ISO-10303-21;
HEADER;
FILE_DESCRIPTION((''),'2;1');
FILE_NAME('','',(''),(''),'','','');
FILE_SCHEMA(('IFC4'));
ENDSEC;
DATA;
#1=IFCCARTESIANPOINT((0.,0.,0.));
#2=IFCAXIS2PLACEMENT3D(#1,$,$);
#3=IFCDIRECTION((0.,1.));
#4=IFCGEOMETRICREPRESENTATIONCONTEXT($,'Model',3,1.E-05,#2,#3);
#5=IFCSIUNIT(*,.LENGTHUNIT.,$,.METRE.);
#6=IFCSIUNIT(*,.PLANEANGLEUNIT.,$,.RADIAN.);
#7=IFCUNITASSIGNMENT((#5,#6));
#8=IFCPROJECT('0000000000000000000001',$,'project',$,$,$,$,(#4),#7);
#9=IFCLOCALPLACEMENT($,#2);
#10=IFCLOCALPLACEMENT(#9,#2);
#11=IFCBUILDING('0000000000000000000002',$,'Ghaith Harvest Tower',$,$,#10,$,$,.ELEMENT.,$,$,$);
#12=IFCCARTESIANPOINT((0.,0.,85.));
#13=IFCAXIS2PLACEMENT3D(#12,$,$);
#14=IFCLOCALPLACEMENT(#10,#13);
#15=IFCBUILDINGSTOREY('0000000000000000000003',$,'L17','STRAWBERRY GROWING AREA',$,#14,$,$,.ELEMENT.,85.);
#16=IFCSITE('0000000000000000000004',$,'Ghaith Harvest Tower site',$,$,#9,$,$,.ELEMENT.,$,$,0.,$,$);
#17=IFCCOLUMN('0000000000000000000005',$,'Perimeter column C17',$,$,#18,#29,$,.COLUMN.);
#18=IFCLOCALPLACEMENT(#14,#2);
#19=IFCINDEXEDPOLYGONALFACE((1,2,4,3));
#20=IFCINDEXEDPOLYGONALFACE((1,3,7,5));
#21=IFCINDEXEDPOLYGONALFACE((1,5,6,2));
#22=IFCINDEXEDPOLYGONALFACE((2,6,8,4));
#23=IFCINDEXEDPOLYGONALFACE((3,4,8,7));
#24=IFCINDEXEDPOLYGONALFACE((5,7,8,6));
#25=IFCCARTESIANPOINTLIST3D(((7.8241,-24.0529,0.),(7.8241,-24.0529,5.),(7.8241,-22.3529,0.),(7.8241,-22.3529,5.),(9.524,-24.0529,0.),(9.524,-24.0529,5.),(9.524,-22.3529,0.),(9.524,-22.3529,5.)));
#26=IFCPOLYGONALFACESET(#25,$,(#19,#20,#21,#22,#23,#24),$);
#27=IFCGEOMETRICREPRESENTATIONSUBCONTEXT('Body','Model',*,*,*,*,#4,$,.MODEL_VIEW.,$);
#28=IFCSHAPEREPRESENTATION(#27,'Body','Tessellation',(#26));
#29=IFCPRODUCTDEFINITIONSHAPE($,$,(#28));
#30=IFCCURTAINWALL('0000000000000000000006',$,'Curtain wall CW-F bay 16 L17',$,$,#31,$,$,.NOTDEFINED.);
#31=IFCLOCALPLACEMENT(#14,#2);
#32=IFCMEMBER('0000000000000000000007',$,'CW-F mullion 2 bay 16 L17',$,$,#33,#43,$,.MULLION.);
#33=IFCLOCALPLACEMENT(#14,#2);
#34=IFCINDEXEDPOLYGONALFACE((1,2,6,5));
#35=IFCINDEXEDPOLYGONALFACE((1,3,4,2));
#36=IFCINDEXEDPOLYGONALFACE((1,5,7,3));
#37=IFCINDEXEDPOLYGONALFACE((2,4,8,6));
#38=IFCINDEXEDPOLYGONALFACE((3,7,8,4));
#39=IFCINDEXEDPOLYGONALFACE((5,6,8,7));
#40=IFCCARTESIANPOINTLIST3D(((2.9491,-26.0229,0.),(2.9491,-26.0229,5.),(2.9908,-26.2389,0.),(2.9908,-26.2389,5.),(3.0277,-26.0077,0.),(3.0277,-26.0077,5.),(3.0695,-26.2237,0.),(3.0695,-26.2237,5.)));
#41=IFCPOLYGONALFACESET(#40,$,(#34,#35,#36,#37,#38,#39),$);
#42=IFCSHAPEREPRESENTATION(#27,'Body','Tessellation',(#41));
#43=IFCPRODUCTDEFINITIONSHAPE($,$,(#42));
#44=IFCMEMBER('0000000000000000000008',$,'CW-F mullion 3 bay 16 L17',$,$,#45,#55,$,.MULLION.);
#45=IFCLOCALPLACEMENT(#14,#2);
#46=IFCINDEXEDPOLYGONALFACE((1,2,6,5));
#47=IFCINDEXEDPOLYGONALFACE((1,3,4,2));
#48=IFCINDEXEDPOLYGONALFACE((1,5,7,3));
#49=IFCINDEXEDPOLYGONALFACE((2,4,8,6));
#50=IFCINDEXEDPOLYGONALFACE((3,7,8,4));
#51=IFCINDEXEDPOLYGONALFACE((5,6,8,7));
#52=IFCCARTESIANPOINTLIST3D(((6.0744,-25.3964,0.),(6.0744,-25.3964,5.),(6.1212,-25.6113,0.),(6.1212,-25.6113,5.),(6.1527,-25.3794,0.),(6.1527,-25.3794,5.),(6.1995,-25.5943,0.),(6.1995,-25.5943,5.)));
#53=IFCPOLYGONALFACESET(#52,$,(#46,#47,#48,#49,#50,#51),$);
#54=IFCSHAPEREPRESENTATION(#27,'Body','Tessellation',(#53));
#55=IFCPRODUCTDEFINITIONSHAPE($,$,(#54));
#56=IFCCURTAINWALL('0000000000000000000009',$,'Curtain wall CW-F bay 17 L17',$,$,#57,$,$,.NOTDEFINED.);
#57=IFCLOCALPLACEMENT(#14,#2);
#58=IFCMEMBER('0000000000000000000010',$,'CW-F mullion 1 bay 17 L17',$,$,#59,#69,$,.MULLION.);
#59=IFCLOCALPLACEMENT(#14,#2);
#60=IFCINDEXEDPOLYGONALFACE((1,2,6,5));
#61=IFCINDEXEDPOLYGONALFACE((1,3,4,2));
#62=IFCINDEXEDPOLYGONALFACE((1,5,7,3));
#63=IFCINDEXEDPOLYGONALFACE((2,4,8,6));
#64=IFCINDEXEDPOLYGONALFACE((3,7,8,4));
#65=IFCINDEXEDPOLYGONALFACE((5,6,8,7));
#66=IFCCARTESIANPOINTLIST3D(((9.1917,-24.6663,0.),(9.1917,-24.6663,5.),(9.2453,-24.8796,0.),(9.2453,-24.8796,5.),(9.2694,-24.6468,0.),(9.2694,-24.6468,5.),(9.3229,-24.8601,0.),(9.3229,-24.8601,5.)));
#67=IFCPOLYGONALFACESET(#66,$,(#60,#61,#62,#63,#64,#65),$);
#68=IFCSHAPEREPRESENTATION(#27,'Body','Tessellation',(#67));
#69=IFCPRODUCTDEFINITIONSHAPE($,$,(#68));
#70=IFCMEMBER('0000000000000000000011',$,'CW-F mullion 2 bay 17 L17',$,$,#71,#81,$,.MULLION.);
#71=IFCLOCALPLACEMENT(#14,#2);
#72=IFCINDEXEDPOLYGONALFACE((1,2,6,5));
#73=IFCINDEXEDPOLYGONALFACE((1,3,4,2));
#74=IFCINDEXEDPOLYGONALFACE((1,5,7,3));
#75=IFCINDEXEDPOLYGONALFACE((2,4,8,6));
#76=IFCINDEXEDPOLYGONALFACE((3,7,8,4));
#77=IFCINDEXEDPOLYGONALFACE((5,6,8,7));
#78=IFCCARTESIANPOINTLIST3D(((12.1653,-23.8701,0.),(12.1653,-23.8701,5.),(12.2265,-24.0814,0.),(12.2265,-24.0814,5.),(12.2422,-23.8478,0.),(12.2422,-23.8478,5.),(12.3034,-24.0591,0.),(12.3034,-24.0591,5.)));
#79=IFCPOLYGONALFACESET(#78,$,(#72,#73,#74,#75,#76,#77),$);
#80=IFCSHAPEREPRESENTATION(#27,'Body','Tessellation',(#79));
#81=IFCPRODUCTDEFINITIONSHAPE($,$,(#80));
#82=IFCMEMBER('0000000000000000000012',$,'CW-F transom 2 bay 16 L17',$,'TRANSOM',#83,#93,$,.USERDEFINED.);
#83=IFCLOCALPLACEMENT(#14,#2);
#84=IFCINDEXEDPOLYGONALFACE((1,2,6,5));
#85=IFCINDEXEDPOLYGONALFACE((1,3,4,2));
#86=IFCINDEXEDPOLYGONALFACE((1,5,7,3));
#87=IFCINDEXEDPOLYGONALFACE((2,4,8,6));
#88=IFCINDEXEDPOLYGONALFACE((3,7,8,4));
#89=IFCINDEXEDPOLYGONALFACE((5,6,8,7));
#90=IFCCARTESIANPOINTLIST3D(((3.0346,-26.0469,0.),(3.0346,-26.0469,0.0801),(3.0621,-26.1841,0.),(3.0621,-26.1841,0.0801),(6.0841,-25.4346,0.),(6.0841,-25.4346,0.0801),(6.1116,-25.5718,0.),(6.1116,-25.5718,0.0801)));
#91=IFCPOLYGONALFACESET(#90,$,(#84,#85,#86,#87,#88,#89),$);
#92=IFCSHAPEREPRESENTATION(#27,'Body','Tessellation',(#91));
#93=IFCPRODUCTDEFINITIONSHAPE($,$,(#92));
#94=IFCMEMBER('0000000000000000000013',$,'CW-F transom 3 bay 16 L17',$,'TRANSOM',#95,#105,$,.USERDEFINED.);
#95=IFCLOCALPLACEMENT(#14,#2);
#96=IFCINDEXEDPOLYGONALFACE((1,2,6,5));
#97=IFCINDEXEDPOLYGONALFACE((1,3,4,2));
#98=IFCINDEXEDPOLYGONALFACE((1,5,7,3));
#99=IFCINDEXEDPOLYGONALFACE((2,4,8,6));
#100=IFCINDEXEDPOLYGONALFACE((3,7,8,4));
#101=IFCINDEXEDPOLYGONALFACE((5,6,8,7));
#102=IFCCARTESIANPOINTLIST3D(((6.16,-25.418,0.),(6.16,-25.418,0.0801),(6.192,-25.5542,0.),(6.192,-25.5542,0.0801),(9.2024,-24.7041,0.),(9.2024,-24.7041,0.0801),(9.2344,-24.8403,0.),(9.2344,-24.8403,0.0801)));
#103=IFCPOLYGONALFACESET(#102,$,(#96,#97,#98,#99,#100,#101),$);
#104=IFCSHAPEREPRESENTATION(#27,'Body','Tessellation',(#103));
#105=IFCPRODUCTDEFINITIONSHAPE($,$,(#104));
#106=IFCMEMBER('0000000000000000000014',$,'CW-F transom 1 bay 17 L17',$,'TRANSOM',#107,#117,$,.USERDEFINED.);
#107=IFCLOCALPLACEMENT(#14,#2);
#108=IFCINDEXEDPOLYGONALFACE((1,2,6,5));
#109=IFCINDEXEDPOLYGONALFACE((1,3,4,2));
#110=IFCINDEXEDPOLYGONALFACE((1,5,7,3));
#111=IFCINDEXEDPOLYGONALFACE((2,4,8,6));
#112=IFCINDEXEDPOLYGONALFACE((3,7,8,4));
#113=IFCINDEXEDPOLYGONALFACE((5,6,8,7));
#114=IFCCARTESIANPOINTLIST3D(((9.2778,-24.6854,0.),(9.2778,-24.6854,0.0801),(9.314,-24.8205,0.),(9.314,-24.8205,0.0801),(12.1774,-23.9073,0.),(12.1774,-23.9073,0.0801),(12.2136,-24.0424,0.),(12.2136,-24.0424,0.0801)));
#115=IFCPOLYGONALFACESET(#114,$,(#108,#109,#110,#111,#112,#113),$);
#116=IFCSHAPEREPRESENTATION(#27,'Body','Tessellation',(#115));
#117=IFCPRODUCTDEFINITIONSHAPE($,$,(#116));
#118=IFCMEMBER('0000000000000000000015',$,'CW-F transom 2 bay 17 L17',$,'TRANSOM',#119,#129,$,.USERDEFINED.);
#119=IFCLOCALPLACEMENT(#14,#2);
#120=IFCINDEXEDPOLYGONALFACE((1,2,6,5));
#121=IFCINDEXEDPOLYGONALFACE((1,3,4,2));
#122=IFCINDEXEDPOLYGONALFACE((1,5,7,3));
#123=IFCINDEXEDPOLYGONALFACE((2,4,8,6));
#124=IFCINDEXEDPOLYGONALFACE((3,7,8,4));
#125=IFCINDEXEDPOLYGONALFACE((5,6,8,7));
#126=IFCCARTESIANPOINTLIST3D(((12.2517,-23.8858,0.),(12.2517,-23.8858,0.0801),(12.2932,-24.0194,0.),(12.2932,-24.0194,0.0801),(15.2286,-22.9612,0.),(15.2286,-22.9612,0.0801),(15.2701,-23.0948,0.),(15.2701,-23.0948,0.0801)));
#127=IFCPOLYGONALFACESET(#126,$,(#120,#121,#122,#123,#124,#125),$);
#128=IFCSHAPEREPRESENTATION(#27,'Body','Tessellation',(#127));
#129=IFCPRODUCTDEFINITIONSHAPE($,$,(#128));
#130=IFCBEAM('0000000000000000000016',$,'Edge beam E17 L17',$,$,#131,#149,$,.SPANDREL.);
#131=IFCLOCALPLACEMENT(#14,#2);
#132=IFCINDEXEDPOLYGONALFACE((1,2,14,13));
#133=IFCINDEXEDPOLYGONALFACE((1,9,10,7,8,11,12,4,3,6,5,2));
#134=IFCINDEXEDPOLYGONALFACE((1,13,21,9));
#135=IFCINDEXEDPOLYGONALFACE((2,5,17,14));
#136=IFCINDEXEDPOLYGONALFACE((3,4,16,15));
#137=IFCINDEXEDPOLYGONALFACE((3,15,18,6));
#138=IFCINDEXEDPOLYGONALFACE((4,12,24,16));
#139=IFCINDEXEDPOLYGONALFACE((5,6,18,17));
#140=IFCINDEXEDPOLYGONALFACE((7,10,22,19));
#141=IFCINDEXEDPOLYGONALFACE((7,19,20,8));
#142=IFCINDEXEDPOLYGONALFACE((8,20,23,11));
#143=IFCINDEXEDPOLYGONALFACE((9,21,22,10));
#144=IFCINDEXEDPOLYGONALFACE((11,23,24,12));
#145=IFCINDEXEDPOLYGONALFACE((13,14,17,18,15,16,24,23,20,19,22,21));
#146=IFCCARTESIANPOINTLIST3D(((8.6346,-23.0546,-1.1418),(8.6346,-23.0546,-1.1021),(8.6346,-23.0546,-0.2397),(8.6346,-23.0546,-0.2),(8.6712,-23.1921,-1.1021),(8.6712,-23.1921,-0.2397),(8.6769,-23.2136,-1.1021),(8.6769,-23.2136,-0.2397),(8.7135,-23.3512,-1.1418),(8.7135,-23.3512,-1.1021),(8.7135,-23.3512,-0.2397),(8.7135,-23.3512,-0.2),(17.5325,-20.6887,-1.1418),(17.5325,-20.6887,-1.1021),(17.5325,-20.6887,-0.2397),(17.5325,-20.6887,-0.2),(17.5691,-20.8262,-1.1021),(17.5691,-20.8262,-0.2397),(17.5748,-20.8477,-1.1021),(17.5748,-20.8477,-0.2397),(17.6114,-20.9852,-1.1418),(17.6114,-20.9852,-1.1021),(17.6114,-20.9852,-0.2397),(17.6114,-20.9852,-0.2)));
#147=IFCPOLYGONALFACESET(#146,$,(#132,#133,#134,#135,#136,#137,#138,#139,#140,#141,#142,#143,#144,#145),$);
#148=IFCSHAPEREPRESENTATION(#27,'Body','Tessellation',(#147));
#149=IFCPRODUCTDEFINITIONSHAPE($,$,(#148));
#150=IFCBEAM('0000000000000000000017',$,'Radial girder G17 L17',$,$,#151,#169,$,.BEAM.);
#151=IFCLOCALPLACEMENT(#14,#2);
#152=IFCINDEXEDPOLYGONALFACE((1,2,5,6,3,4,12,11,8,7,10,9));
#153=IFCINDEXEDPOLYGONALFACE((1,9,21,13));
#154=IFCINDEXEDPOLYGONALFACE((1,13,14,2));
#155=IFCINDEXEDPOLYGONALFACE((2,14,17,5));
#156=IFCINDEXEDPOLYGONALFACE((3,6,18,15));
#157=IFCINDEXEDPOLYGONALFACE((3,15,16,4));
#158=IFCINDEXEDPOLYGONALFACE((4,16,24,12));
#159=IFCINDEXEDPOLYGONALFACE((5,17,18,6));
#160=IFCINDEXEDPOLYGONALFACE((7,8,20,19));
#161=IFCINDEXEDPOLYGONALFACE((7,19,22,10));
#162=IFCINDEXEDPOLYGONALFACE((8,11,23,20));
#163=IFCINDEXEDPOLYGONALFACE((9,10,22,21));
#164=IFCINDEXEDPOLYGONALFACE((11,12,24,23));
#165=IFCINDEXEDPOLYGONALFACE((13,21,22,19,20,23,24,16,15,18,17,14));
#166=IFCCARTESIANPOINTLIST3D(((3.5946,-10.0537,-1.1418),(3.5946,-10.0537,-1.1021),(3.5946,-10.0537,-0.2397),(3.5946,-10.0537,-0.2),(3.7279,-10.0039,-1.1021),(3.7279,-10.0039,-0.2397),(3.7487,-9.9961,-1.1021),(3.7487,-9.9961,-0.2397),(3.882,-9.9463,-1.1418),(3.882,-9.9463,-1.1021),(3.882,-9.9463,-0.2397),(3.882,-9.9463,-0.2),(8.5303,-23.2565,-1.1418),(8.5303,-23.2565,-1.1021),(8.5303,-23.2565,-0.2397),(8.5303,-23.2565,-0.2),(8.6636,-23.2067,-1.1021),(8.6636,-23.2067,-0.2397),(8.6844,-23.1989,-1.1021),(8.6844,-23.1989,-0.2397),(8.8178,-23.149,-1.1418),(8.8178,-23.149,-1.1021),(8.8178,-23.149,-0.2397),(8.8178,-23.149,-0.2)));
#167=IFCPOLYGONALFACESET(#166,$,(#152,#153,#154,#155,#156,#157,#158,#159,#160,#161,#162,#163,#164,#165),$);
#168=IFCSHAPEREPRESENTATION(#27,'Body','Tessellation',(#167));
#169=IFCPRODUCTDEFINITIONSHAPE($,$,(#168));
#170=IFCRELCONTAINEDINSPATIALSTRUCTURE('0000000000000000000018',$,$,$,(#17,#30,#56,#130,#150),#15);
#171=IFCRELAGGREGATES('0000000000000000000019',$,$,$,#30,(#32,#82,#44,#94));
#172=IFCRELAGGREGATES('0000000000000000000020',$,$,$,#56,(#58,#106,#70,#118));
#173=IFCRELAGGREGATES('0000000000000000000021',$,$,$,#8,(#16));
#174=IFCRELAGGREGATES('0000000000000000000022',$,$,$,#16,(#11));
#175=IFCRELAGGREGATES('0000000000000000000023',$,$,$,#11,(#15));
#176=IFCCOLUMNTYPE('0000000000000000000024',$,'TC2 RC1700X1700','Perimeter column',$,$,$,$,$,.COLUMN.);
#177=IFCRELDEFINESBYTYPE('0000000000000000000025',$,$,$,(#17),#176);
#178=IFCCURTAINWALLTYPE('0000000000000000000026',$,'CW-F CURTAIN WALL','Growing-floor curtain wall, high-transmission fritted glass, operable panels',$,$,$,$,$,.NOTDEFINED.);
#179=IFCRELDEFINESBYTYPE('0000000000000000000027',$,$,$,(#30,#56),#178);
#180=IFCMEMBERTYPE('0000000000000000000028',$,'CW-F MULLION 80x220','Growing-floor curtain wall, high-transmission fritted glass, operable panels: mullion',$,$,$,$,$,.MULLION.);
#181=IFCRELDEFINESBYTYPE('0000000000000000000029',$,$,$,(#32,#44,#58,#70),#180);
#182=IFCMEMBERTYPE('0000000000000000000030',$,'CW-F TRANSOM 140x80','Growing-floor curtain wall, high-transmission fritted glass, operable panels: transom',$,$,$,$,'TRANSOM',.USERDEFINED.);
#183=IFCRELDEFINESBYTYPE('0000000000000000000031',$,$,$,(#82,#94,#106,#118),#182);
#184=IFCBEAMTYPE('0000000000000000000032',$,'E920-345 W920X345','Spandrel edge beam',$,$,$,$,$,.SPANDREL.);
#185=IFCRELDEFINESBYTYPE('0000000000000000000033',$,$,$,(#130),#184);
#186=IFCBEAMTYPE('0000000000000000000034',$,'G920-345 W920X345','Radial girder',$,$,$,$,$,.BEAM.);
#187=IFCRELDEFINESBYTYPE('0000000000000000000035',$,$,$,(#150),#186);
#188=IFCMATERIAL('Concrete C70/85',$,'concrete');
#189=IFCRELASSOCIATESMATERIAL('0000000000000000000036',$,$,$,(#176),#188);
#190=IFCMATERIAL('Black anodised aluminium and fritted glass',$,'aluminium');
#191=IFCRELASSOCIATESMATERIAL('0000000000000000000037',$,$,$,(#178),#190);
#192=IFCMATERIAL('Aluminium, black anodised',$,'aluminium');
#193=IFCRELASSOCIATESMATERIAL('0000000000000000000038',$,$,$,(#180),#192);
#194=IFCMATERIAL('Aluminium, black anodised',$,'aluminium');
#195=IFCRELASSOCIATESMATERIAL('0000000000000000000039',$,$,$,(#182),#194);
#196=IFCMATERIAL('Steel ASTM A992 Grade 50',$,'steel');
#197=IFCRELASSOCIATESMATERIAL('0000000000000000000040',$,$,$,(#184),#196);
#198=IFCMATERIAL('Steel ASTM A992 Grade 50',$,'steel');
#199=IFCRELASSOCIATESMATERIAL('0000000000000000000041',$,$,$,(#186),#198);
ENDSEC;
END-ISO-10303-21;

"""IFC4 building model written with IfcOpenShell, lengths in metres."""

from ifc_helpers import new_model, si_unit, direction, frame, origin, origin_2d, place, context, subcontext, project, spatial, rectangle, i_section, extrude, material, material_profile, profile_set, type_object, element, aggregate, save


model = new_model("IFC4")

# Units and contexts
model_context = context("Model", 3, precision=1e-05, world=origin(), true_north=direction((0.0, 1.0)))
body_context = subcontext(model_context, "Body", "Model", "MODEL_VIEW")
ifc_project = project(units=[si_unit("LENGTHUNIT", "METRE"), si_unit("PLANEANGLEUNIT", "RADIAN")], contexts=[model_context])

# Site, building, storey
site_placement = place(None, origin())
site = spatial("IfcSite", under=ifc_project, at=site_placement, Name="Ghaith Harvest Tower site", CompositionType="ELEMENT", RefElevation=0.0)
building_placement = place(site_placement, origin())
building = spatial("IfcBuilding", under=site, at=building_placement, Name="Ghaith Harvest Tower", CompositionType="ELEMENT")
storey_placement = place(building_placement, frame((0.0, 0.0, 85.0)))
storey = spatial("IfcBuildingStorey", under=building, at=storey_placement, Name="L17", Description="STRAWBERRY GROWING AREA", CompositionType="ELEMENT", Elevation=85.0)

# Column
ifc_material_1 = material(Name="Concrete C70/85", Category="concrete")
ifc_material_profile_1 = material_profile(ifc_material_1, rectangle(XDim=1.7, YDim=1.7, at=origin_2d()), Name="RC1700X1700")
ifc_profile_set_1 = profile_set([ifc_material_profile_1], Name="Concrete C70/85")
column_type = type_object("IfcColumnType", Name="TC2 RC1700X1700", Description="Perimeter column", PredefinedType="COLUMN", material=ifc_profile_set_1)
column_placement = place(storey_placement, frame((8.6741, -23.2029, 0.0), z_axis=(0.0, 0.0, 1.0), x_axis=(1.0, 0.0, 0.0)))
element("IfcColumn", 1, at=column_placement, inside=storey, type_object=column_type, Name="Perimeter column C17", PredefinedType="COLUMN", context=body_context, shape_type="SweptSolid", body=[
    extrude(rectangle(XDim=1.7, YDim=1.7, at=origin_2d()), origin(), (0.0, 0.0, 1.0), 5.0),
])

# Curtain walls, members
ifc_material_2 = material(Name="Black anodised aluminium and fritted glass", Category="aluminium")
curtain_wall_type = type_object("IfcCurtainWallType", Name="CW-F CURTAIN WALL", Description="Growing-floor curtain wall, high-transmission fritted glass, operable panels", PredefinedType="NOTDEFINED", material=ifc_material_2)
curtain_wall_1_placement = place(storey_placement, origin())
curtain_wall_1 = element("IfcCurtainWall", 2, at=curtain_wall_1_placement, inside=storey, type_object=curtain_wall_type, Name="Curtain wall CW-F bay 16 L17", PredefinedType="NOTDEFINED")
ifc_material_3 = material(Name="Aluminium, black anodised", Category="aluminium")
ifc_material_profile_2 = material_profile(ifc_material_3, rectangle(XDim=0.0801, YDim=0.22, at=origin_2d()), Name="CW-F MULLION 80x220")
ifc_profile_set_2 = profile_set([ifc_material_profile_2], Name="Aluminium, black anodised")
member_type_1 = type_object("IfcMemberType", Name="CW-F MULLION 80x220", Description="Growing-floor curtain wall, high-transmission fritted glass, operable panels: mullion", PredefinedType="MULLION", material=ifc_profile_set_2)
member_1_placement = place(storey_placement, frame((3.0093, -26.1233, 0.0), z_axis=(0.0, 0.0, 1.0), x_axis=(0.981818, 0.189822, 0.0)))
member_1 = element("IfcMember", 3, at=member_1_placement, type_object=member_type_1, Name="CW-F mullion 2 bay 16 L17", PredefinedType="MULLION", context=body_context, shape_type="SweptSolid", body=[
    extrude(rectangle(XDim=0.0801, YDim=0.22, at=origin_2d()), origin(), (0.0, 0.0, 1.0), 5.0),
])
member_2_placement = place(storey_placement, frame((6.137, -25.4954, 0.0), z_axis=(0.0, 0.0, 1.0), x_axis=(0.977118, 0.212698, 0.0)))
member_2 = element("IfcMember", 4, at=member_2_placement, type_object=member_type_1, Name="CW-F mullion 3 bay 16 L17", PredefinedType="MULLION", context=body_context, shape_type="SweptSolid", body=[
    extrude(rectangle(XDim=0.0801, YDim=0.22, at=origin_2d()), origin(), (0.0, 0.0, 1.0), 5.0),
])
curtain_wall_2_placement = place(storey_placement, origin())
curtain_wall_2 = element("IfcCurtainWall", 5, at=curtain_wall_2_placement, inside=storey, type_object=curtain_wall_type, Name="Curtain wall CW-F bay 17 L17", PredefinedType="NOTDEFINED")
member_3_placement = place(storey_placement, frame((9.2573, -24.7632, 0.0), z_axis=(0.0, 0.0, 1.0), x_axis=(0.969903, 0.24349, 0.0)))
member_3 = element("IfcMember", 6, at=member_3_placement, type_object=member_type_1, Name="CW-F mullion 1 bay 17 L17", PredefinedType="MULLION", context=body_context, shape_type="SweptSolid", body=[
    extrude(rectangle(XDim=0.0801, YDim=0.22, at=origin_2d()), origin(), (0.0, 0.0, 1.0), 5.0),
])
member_4_placement = place(storey_placement, frame((12.2344, -23.9646, 0.0), z_axis=(0.0, 0.0, 1.0), x_axis=(0.960502, 0.278272, 0.0)))
member_4 = element("IfcMember", 7, at=member_4_placement, type_object=member_type_1, Name="CW-F mullion 2 bay 17 L17", PredefinedType="MULLION", context=body_context, shape_type="SweptSolid", body=[
    extrude(rectangle(XDim=0.0801, YDim=0.22, at=origin_2d()), origin(), (0.0, 0.0, 1.0), 5.0),
])

# Members
ifc_material_4 = material(Name="Aluminium, black anodised", Category="aluminium")
ifc_material_profile_3 = material_profile(ifc_material_4, rectangle(XDim=0.1399, YDim=0.0801, at=origin_2d()), Name="CW-F TRANSOM 140x80")
ifc_profile_set_3 = profile_set([ifc_material_profile_3], Name="Aluminium, black anodised")
member_type_2 = type_object("IfcMemberType", Name="CW-F TRANSOM 140x80", Description="Growing-floor curtain wall, high-transmission fritted glass, operable panels: transom", ElementType="TRANSOM", PredefinedType="USERDEFINED", material=ifc_profile_set_3)
member_5_placement = place(storey_placement, frame((3.0483, -26.1155, 0.04), z_axis=(0.980432, 0.196856, 0.0), x_axis=(-0.196856, 0.980432, 0.0)))
member_5 = element("IfcMember", 8, at=member_5_placement, type_object=member_type_2, Name="CW-F transom 2 bay 16 L17", ObjectType="TRANSOM", PredefinedType="USERDEFINED", context=body_context, shape_type="SweptSolid", body=[
    extrude(rectangle(XDim=0.1399, YDim=0.0801, at=origin_2d()), origin(), (0.0, 0.0, 1.0), 3.1104),
])
member_6_placement = place(storey_placement, frame((6.176, -25.4861, 0.04), z_axis=(0.97356, 0.22843, 0.0), x_axis=(-0.22843, 0.97356, 0.0)))
member_6 = element("IfcMember", 9, at=member_6_placement, type_object=member_type_2, Name="CW-F transom 3 bay 16 L17", ObjectType="TRANSOM", PredefinedType="USERDEFINED", context=body_context, shape_type="SweptSolid", body=[
    extrude(rectangle(XDim=0.1399, YDim=0.0801, at=origin_2d()), origin(), (0.0, 0.0, 1.0), 3.125),
])
member_7_placement = place(storey_placement, frame((9.2959, -24.7529, 0.04), z_axis=(0.965833, 0.259166, 0.0), x_axis=(-0.259166, 0.965833, 0.0)))
member_7 = element("IfcMember", 10, at=member_7_placement, type_object=member_type_2, Name="CW-F transom 1 bay 17 L17", ObjectType="TRANSOM", PredefinedType="USERDEFINED", context=body_context, shape_type="SweptSolid", body=[
    extrude(rectangle(XDim=0.1399, YDim=0.0801, at=origin_2d()), origin(), (0.0, 0.0, 1.0), 3.0022),
])
member_8_placement = place(storey_placement, frame((12.2725, -23.9526, 0.04), z_axis=(0.954998, 0.296611, 0.0), x_axis=(-0.296611, 0.954998, 0.0)))
member_8 = element("IfcMember", 11, at=member_8_placement, type_object=member_type_2, Name="CW-F transom 2 bay 17 L17", ObjectType="TRANSOM", PredefinedType="USERDEFINED", context=body_context, shape_type="SweptSolid", body=[
    extrude(rectangle(XDim=0.1399, YDim=0.0801, at=origin_2d()), origin(), (0.0, 0.0, 1.0), 3.1172),
])

# Beams
ifc_material_5 = material(Name="Steel ASTM A992 Grade 50", Category="steel")
ifc_material_profile_4 = material_profile(ifc_material_5, i_section(OverallWidth=0.3069, OverallDepth=0.9419, WebThickness=0.0222, FlangeThickness=0.0398, at=origin_2d()), Name="W920X345")
ifc_profile_set_4 = profile_set([ifc_material_profile_4], Name="Steel ASTM A992 Grade 50")
beam_type_1 = type_object("IfcBeamType", Name="E920-345 W920X345", Description="Spandrel edge beam", PredefinedType="SPANDREL", material=ifc_profile_set_4)
beam_1_placement = place(storey_placement, frame((8.6741, -23.2029, -0.6709), z_axis=(0.966419, 0.256971, 0.0), x_axis=(-0.256971, 0.966419, 0.0)))
element("IfcBeam", 12, at=beam_1_placement, inside=storey, type_object=beam_type_1, Name="Edge beam E17 L17", PredefinedType="SPANDREL", context=body_context, shape_type="SweptSolid", body=[
    extrude(i_section(OverallWidth=0.3069, OverallDepth=0.9419, WebThickness=0.0222, FlangeThickness=0.0398, at=origin_2d()), origin(), (0.0, 0.0, 1.0), 9.207),
])
ifc_material_6 = material(Name="Steel ASTM A992 Grade 50", Category="steel")
ifc_material_profile_5 = material_profile(ifc_material_6, i_section(OverallWidth=0.3069, OverallDepth=0.9419, WebThickness=0.0222, FlangeThickness=0.0398, at=origin_2d()), Name="W920X345")
ifc_profile_set_5 = profile_set([ifc_material_profile_5], Name="Steel ASTM A992 Grade 50")
beam_type_2 = type_object("IfcBeamType", Name="G920-345 W920X345", Description="Radial girder", PredefinedType="BEAM", material=ifc_profile_set_5)
beam_2_placement = place(storey_placement, frame((3.7383, -10.0, -0.6709), z_axis=(0.350172, -0.936685, 0.0), x_axis=(0.936685, 0.350172, 0.0)))
element("IfcBeam", 13, at=beam_2_placement, inside=storey, type_object=beam_type_2, Name="Radial girder G17 L17", PredefinedType="BEAM", context=body_context, shape_type="SweptSolid", body=[
    extrude(i_section(OverallWidth=0.3069, OverallDepth=0.9419, WebThickness=0.0222, FlangeThickness=0.0398, at=origin_2d()), origin(), (0.0, 0.0, 1.0), 14.0952),
])

aggregate(curtain_wall_1, [member_1, member_5, member_2, member_6])
aggregate(curtain_wall_2, [member_3, member_7, member_4, member_8])

save(model, "model.ifc")
